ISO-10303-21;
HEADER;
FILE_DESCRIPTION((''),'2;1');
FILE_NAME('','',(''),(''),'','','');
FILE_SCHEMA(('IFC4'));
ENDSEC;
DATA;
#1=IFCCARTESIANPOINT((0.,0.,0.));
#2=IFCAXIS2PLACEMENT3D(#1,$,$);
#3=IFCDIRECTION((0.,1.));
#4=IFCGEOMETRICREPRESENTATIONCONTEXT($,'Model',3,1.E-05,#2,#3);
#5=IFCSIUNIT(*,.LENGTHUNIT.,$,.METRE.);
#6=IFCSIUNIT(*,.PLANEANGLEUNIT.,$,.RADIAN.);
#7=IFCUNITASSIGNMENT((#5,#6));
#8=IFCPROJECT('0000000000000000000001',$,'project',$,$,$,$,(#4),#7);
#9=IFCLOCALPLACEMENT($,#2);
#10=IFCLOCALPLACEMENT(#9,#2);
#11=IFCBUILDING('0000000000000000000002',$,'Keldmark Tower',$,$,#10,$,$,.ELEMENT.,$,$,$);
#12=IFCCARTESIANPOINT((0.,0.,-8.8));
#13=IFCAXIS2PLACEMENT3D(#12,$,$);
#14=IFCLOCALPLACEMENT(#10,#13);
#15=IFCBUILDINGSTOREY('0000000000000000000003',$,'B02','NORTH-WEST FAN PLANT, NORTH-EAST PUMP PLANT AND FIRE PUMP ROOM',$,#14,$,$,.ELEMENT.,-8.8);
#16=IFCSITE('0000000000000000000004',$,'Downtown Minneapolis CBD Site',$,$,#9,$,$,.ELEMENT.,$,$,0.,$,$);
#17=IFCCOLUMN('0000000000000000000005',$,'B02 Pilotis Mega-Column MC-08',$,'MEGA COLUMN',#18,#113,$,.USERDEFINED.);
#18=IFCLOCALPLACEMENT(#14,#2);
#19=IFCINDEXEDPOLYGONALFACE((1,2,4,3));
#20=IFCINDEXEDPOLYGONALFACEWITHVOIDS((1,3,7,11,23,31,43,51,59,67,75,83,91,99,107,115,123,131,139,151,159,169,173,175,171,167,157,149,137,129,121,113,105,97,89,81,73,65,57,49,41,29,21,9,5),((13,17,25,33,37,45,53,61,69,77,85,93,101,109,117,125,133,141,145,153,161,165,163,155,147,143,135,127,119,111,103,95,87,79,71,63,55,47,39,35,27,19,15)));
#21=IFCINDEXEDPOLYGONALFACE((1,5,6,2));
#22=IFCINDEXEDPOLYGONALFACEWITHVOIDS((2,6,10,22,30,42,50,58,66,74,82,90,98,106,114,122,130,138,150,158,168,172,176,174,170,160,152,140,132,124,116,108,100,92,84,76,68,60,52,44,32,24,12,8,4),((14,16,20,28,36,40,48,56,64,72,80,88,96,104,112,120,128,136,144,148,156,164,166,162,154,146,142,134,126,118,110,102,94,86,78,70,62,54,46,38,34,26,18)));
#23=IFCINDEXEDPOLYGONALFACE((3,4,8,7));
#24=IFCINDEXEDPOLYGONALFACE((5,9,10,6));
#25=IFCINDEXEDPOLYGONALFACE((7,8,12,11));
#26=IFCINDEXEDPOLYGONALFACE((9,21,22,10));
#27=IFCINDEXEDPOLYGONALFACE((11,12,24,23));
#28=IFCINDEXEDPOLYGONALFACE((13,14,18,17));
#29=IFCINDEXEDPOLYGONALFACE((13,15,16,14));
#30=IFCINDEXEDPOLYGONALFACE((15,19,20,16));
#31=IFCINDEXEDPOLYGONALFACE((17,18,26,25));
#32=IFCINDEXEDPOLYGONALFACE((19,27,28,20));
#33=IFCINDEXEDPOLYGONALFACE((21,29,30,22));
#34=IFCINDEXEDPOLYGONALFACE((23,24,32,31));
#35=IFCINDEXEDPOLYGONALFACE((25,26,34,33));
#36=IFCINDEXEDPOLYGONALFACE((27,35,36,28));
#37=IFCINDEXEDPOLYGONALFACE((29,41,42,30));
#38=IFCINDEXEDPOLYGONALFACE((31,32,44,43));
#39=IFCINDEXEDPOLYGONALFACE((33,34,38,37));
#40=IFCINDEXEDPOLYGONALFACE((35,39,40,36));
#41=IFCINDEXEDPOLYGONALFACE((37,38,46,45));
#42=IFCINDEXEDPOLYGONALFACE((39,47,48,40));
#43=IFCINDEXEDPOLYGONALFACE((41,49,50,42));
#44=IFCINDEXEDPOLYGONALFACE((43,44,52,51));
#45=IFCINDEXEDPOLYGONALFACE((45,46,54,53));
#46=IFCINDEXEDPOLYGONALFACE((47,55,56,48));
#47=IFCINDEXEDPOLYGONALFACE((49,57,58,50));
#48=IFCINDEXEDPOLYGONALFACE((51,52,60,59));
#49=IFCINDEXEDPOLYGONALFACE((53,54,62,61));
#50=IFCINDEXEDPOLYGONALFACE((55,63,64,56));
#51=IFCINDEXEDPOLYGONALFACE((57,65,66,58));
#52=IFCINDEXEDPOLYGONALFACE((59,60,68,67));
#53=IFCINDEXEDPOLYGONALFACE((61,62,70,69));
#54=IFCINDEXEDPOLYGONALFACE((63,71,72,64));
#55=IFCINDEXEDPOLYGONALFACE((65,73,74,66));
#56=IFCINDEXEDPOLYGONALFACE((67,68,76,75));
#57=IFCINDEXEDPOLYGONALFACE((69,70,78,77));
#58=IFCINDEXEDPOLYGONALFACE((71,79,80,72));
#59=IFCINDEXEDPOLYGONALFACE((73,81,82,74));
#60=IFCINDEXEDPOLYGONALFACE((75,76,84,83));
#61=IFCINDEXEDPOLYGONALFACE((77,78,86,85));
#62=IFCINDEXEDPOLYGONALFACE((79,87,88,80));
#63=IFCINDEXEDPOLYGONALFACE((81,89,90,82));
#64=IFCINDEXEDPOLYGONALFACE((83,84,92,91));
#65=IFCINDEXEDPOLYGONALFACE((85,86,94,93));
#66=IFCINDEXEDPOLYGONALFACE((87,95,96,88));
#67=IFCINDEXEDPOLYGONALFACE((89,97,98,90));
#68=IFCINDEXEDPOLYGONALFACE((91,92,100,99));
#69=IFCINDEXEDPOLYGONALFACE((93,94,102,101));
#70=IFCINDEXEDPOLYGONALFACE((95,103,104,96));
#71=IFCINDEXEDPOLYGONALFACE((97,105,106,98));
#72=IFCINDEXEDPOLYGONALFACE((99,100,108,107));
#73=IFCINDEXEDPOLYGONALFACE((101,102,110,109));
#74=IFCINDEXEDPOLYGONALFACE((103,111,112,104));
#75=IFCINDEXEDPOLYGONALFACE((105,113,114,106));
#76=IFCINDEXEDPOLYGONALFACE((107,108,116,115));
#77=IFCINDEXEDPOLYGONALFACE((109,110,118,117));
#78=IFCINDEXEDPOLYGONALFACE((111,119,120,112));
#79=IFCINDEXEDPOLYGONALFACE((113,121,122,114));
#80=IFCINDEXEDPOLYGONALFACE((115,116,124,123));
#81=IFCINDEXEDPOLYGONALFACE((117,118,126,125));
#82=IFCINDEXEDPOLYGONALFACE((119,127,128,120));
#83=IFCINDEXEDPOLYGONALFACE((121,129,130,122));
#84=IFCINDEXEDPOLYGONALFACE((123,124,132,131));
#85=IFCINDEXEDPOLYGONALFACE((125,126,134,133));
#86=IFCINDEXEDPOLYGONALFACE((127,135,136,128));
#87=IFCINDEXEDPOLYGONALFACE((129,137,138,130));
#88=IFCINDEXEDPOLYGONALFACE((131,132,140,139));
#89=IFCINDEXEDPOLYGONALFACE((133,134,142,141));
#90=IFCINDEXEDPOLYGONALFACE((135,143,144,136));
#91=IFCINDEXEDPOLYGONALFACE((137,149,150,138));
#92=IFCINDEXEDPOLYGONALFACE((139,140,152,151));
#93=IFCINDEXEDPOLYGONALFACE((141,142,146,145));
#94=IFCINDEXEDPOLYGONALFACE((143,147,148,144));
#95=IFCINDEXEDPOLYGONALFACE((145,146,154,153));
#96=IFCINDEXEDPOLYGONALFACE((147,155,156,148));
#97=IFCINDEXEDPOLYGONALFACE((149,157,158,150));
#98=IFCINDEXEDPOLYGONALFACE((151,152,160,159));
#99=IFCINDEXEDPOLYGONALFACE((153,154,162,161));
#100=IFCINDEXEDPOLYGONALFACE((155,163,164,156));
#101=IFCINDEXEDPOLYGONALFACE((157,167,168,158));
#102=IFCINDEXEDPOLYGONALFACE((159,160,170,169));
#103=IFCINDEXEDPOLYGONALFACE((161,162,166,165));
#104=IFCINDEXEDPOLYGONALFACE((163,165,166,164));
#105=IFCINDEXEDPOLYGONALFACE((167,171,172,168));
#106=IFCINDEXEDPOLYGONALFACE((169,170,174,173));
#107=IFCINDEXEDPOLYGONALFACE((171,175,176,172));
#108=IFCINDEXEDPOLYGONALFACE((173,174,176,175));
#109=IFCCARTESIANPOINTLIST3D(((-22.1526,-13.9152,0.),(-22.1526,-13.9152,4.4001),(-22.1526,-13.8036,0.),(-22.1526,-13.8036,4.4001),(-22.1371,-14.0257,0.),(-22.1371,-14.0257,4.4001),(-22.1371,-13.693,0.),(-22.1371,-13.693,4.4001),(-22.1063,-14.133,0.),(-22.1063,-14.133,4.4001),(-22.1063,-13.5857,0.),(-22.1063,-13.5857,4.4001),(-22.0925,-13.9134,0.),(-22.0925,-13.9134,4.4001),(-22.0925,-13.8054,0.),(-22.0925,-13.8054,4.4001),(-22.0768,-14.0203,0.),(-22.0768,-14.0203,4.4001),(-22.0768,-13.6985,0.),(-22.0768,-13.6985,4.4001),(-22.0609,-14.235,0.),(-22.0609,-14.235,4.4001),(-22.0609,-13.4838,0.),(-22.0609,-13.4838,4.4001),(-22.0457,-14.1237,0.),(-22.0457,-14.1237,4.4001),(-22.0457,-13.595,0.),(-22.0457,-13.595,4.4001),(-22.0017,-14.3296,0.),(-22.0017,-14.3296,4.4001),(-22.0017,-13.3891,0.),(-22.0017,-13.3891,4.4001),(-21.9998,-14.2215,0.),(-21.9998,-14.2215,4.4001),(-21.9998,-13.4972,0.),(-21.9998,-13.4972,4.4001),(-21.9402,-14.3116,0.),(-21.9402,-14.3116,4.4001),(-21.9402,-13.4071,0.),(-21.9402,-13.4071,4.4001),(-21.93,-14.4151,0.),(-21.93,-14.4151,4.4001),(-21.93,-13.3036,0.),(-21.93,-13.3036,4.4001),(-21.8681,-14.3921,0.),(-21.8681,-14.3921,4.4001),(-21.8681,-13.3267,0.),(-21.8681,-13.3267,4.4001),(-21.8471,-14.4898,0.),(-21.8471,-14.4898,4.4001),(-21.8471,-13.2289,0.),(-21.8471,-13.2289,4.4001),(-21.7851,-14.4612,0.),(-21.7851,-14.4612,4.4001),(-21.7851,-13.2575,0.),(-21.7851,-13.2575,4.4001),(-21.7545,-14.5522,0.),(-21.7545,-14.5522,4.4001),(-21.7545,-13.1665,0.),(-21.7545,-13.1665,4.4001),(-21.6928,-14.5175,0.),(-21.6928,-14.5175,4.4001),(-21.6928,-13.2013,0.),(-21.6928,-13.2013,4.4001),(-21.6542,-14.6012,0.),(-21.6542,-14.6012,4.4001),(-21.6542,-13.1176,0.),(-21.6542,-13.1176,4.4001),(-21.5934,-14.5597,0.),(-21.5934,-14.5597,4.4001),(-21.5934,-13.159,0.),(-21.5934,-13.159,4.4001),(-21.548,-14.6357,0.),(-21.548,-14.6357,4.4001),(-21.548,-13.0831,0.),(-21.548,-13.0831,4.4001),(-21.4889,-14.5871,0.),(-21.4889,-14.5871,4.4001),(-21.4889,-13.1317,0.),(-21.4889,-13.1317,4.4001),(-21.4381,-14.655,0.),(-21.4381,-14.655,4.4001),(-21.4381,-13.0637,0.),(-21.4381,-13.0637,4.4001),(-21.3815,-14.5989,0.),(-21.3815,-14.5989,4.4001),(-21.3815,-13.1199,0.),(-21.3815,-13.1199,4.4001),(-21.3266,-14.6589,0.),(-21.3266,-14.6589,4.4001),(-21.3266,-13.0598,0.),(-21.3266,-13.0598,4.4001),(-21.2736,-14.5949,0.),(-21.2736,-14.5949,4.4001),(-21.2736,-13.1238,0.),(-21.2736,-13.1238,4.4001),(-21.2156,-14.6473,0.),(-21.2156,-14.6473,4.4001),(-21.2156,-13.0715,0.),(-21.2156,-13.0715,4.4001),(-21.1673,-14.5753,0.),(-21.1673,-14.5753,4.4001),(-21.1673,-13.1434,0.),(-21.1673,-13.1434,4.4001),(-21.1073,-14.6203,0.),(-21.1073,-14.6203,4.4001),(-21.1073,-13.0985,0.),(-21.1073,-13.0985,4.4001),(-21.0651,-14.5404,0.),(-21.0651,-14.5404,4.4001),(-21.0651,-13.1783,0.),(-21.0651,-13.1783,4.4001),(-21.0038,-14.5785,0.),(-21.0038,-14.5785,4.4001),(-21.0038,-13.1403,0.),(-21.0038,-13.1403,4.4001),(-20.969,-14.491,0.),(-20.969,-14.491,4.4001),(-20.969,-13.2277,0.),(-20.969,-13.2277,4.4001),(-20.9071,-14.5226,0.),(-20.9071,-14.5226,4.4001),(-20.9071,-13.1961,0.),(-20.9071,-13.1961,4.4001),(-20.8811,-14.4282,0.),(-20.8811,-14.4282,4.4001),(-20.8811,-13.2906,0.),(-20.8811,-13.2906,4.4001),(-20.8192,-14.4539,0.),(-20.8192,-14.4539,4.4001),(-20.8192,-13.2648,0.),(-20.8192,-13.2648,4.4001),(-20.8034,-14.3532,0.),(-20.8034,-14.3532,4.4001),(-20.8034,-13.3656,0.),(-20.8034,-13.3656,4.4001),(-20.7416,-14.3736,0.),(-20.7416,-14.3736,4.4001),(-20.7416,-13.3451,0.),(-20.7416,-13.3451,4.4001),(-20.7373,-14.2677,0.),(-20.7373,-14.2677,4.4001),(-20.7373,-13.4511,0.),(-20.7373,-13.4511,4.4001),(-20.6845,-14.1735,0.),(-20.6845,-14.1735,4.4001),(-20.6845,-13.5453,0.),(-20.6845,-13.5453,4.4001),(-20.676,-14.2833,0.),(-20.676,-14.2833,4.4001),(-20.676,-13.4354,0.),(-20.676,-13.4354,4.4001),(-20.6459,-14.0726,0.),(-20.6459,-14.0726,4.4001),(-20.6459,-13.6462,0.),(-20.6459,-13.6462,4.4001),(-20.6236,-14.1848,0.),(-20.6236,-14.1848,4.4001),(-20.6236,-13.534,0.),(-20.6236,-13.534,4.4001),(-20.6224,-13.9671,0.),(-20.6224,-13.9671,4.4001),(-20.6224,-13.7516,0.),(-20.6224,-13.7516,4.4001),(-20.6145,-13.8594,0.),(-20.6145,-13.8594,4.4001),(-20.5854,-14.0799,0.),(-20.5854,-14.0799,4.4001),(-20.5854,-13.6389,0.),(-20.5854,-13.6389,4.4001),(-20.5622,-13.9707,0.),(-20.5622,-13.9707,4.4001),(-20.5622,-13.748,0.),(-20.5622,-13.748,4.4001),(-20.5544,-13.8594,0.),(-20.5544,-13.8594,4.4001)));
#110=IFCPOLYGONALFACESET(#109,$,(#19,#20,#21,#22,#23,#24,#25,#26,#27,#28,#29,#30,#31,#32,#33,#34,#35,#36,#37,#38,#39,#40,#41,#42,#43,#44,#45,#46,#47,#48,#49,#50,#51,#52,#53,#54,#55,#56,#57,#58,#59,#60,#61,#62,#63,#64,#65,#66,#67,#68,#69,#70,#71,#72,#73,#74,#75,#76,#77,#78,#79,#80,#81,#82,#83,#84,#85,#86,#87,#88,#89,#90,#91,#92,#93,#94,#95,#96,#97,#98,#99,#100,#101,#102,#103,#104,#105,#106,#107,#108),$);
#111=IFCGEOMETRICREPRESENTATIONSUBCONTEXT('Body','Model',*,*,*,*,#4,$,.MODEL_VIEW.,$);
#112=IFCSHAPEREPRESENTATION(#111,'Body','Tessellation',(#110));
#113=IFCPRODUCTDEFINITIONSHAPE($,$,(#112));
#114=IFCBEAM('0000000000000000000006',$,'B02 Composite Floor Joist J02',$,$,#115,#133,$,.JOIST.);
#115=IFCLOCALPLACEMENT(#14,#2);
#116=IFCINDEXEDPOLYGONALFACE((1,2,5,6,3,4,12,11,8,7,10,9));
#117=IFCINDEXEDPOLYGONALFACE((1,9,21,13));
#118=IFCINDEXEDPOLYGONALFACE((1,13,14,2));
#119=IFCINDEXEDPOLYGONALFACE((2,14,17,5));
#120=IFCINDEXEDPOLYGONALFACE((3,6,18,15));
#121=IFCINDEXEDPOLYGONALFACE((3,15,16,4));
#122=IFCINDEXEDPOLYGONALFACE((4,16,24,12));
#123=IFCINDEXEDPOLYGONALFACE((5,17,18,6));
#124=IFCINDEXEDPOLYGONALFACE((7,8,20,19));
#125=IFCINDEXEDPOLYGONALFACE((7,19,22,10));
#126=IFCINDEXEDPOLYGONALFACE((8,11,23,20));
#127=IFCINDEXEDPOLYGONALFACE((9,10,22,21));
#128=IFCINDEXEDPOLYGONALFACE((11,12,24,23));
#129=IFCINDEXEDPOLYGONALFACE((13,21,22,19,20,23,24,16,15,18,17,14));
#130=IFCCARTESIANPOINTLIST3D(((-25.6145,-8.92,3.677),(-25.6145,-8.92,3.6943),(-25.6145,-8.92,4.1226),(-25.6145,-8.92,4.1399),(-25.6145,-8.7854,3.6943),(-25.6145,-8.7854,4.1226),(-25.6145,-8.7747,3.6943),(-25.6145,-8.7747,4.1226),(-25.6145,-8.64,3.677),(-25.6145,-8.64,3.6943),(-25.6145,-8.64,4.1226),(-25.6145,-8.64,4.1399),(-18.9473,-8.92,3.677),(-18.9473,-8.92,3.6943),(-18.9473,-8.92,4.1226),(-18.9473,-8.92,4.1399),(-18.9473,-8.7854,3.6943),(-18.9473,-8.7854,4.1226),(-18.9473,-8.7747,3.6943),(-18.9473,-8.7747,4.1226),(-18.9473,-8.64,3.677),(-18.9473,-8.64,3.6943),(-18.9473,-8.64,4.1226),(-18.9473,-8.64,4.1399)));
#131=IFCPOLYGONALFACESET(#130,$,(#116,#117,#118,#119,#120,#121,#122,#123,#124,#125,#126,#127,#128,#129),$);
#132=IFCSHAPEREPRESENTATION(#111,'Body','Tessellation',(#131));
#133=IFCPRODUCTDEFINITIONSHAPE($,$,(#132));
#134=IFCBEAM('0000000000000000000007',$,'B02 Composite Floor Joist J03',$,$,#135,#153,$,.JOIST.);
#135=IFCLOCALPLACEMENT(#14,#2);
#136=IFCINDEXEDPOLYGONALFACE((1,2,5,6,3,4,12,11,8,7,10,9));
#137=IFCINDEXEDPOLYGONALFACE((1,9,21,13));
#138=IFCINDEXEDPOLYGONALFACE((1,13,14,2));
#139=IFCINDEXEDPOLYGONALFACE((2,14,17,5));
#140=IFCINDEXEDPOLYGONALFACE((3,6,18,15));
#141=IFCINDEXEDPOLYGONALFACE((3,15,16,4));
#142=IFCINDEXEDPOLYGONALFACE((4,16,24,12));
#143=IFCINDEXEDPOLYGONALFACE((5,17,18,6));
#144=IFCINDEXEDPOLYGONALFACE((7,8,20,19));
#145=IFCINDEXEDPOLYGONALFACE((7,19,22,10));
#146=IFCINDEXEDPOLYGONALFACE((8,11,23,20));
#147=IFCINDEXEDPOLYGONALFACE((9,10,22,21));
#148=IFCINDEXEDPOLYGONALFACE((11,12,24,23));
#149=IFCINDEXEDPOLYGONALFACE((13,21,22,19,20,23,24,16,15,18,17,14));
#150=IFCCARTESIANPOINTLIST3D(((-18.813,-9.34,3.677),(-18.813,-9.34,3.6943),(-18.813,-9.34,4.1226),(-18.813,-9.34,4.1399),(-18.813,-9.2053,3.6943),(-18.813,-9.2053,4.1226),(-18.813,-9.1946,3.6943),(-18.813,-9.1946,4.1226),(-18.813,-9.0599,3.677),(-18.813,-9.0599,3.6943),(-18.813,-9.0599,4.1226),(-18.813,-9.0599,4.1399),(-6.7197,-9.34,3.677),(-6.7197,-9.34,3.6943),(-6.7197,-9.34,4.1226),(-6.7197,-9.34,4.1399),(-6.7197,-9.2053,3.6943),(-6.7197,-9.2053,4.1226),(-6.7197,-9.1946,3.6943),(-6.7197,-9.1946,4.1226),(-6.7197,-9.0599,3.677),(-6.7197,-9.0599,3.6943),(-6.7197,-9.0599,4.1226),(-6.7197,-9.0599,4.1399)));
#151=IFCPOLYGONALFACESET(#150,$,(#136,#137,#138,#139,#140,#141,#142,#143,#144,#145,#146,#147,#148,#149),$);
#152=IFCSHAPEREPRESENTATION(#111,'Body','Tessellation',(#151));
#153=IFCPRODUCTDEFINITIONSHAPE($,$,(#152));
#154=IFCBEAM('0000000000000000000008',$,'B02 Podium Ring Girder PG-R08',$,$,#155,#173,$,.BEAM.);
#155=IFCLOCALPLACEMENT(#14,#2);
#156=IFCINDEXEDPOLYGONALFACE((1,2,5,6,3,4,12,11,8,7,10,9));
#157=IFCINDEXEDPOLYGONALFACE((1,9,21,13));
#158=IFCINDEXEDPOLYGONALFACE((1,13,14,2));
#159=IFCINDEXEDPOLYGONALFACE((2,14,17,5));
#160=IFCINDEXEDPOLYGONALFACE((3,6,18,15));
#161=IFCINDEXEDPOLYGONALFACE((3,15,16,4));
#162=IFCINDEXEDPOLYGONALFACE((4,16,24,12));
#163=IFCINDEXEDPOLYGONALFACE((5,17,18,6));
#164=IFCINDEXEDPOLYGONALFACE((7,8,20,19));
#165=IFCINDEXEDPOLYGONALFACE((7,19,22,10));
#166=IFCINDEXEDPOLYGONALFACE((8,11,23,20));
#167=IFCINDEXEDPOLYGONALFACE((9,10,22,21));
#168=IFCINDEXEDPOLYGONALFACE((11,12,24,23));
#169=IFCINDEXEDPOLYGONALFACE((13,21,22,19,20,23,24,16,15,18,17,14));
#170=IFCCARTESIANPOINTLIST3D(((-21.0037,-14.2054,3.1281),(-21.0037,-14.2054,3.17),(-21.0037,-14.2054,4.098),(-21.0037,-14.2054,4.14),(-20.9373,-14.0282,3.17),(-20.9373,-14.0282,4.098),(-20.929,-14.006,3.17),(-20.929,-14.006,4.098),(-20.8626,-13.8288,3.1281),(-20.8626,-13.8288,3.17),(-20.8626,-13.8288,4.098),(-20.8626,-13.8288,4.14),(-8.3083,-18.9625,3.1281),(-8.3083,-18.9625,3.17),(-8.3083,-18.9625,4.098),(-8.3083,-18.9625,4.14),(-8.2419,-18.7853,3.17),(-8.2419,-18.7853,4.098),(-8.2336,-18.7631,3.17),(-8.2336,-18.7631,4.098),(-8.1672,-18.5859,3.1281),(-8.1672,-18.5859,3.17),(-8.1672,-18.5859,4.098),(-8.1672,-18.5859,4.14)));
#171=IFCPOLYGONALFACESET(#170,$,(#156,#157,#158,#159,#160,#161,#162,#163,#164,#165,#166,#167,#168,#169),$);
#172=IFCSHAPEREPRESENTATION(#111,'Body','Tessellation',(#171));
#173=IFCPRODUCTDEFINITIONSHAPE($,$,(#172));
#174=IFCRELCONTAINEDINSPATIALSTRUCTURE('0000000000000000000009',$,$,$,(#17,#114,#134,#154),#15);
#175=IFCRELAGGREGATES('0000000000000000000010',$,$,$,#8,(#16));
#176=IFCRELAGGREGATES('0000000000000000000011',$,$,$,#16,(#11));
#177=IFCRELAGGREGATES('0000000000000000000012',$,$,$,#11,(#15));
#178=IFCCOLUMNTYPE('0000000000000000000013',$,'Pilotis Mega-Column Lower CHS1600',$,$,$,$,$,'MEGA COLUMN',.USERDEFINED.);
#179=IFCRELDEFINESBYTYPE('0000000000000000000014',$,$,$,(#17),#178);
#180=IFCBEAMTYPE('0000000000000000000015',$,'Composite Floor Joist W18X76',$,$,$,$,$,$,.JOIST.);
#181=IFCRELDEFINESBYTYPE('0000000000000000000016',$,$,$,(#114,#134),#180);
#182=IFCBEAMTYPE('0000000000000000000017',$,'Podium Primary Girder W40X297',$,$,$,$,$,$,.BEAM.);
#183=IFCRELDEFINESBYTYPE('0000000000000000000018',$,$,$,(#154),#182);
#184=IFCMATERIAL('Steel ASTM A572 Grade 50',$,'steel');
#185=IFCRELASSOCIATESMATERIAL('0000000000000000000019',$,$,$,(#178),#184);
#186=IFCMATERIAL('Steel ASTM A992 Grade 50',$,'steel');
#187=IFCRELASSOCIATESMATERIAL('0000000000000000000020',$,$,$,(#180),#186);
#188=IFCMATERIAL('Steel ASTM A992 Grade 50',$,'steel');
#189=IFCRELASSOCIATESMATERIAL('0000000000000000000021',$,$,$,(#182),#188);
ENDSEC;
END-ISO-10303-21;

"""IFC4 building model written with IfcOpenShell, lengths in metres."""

from ifc_helpers import new_model, si_unit, direction, frame, origin, origin_2d, place, context, subcontext, project, spatial, hollow_circle, i_section, extrude, material, material_profile, profile_set, type_object, element, save


model = new_model("IFC4")

# Units and contexts
model_context = context("Model", 3, precision=1e-05, world=origin(), true_north=direction((0.0, 1.0)))
body_context = subcontext(model_context, "Body", "Model", "MODEL_VIEW")
ifc_project = project(units=[si_unit("LENGTHUNIT", "METRE"), si_unit("PLANEANGLEUNIT", "RADIAN")], contexts=[model_context])

# Site, building, storey
site_placement = place(None, origin())
site = spatial("IfcSite", under=ifc_project, at=site_placement, Name="Downtown Minneapolis CBD Site", CompositionType="ELEMENT", RefElevation=0.0)
building_placement = place(site_placement, origin())
building = spatial("IfcBuilding", under=site, at=building_placement, Name="Keldmark Tower", CompositionType="ELEMENT")
storey_placement = place(building_placement, frame((0.0, 0.0, -8.8)))
storey = spatial("IfcBuildingStorey", under=building, at=storey_placement, Name="B02", Description="NORTH-WEST FAN PLANT, NORTH-EAST PUMP PLANT AND FIRE PUMP ROOM", CompositionType="ELEMENT", Elevation=-8.8)

# Column
ifc_material_1 = material(Name="Steel ASTM A572 Grade 50", Category="steel")
ifc_material_profile_1 = material_profile(ifc_material_1, hollow_circle(Radius=0.8, WallThickness=0.0601, at=origin_2d()), Name="CHS1600X60")
ifc_profile_set_1 = profile_set([ifc_material_profile_1], Name="Steel ASTM A572 Grade 50")
column_type = type_object("IfcColumnType", Name="Pilotis Mega-Column Lower CHS1600", ElementType="MEGA COLUMN", PredefinedType="USERDEFINED", material=ifc_profile_set_1)
column_placement = place(storey_placement, frame((-21.3545, -13.8594, 0.0), z_axis=(0.0, 0.0, 1.0), x_axis=(1.0, 0.0, 0.0)))
element("IfcColumn", 1, at=column_placement, inside=storey, type_object=column_type, Name="B02 Pilotis Mega-Column MC-08", ObjectType="MEGA COLUMN", PredefinedType="USERDEFINED", context=body_context, shape_type="SweptSolid", body=[
    extrude(hollow_circle(Radius=0.8, WallThickness=0.0601, at=origin_2d()), origin(), (0.0, 0.0, 1.0), 4.4001),
])

# Beams
ifc_material_2 = material(Name="Steel ASTM A992 Grade 50", Category="steel")
ifc_material_profile_2 = material_profile(ifc_material_2, i_section(OverallWidth=0.28, OverallDepth=0.4629, WebThickness=0.0107, FlangeThickness=0.0173, at=origin_2d()), Name="W18X76")
ifc_profile_set_2 = profile_set([ifc_material_profile_2], Name="Steel ASTM A992 Grade 50")
beam_type_1 = type_object("IfcBeamType", Name="Composite Floor Joist W18X76", PredefinedType="JOIST", material=ifc_profile_set_2)
beam_1_placement = place(storey_placement, frame((-25.6145, -8.78, 3.9084), z_axis=(1.0, 0.0, 0.0), x_axis=(0.0, 1.0, 0.0)))
element("IfcBeam", 2, at=beam_1_placement, inside=storey, type_object=beam_type_1, Name="B02 Composite Floor Joist J02", PredefinedType="JOIST", context=body_context, shape_type="SweptSolid", body=[
    extrude(i_section(OverallWidth=0.28, OverallDepth=0.4629, WebThickness=0.0107, FlangeThickness=0.0173, at=origin_2d()), origin(), (0.0, 0.0, 1.0), 6.6672),
])
beam_2_placement = place(storey_placement, frame((-18.813, -9.2, 3.9084), z_axis=(1.0, 0.0, 0.0), x_axis=(0.0, 1.0, 0.0)))
element("IfcBeam", 3, at=beam_2_placement, inside=storey, type_object=beam_type_1, Name="B02 Composite Floor Joist J03", PredefinedType="JOIST", context=body_context, shape_type="SweptSolid", body=[
    extrude(i_section(OverallWidth=0.28, OverallDepth=0.4629, WebThickness=0.0107, FlangeThickness=0.0173, at=origin_2d()), origin(), (0.0, 0.0, 1.0), 12.0933),
])
ifc_material_3 = material(Name="Steel ASTM A992 Grade 50", Category="steel")
ifc_material_profile_3 = material_profile(ifc_material_3, i_section(OverallWidth=0.4021, OverallDepth=1.012, WebThickness=0.0237, FlangeThickness=0.042, at=origin_2d()), Name="W40X297")
ifc_profile_set_3 = profile_set([ifc_material_profile_3], Name="Steel ASTM A992 Grade 50")
beam_type_2 = type_object("IfcBeamType", Name="Podium Primary Girder W40X297", PredefinedType="BEAM", material=ifc_profile_set_3)
beam_3_placement = place(storey_placement, frame((-20.9331, -14.0171, 3.634), z_axis=(0.936418, -0.350887, 0.0), x_axis=(0.350887, 0.936418, 0.0)))
element("IfcBeam", 4, at=beam_3_placement, inside=storey, type_object=beam_type_2, Name="B02 Podium Ring Girder PG-R08", PredefinedType="BEAM", context=body_context, shape_type="SweptSolid", body=[
    extrude(i_section(OverallWidth=0.4021, OverallDepth=1.012, WebThickness=0.0237, FlangeThickness=0.042, at=origin_2d()), origin(), (0.0, 0.0, 1.0), 13.5574),
])

save(model, "model.ifc")
